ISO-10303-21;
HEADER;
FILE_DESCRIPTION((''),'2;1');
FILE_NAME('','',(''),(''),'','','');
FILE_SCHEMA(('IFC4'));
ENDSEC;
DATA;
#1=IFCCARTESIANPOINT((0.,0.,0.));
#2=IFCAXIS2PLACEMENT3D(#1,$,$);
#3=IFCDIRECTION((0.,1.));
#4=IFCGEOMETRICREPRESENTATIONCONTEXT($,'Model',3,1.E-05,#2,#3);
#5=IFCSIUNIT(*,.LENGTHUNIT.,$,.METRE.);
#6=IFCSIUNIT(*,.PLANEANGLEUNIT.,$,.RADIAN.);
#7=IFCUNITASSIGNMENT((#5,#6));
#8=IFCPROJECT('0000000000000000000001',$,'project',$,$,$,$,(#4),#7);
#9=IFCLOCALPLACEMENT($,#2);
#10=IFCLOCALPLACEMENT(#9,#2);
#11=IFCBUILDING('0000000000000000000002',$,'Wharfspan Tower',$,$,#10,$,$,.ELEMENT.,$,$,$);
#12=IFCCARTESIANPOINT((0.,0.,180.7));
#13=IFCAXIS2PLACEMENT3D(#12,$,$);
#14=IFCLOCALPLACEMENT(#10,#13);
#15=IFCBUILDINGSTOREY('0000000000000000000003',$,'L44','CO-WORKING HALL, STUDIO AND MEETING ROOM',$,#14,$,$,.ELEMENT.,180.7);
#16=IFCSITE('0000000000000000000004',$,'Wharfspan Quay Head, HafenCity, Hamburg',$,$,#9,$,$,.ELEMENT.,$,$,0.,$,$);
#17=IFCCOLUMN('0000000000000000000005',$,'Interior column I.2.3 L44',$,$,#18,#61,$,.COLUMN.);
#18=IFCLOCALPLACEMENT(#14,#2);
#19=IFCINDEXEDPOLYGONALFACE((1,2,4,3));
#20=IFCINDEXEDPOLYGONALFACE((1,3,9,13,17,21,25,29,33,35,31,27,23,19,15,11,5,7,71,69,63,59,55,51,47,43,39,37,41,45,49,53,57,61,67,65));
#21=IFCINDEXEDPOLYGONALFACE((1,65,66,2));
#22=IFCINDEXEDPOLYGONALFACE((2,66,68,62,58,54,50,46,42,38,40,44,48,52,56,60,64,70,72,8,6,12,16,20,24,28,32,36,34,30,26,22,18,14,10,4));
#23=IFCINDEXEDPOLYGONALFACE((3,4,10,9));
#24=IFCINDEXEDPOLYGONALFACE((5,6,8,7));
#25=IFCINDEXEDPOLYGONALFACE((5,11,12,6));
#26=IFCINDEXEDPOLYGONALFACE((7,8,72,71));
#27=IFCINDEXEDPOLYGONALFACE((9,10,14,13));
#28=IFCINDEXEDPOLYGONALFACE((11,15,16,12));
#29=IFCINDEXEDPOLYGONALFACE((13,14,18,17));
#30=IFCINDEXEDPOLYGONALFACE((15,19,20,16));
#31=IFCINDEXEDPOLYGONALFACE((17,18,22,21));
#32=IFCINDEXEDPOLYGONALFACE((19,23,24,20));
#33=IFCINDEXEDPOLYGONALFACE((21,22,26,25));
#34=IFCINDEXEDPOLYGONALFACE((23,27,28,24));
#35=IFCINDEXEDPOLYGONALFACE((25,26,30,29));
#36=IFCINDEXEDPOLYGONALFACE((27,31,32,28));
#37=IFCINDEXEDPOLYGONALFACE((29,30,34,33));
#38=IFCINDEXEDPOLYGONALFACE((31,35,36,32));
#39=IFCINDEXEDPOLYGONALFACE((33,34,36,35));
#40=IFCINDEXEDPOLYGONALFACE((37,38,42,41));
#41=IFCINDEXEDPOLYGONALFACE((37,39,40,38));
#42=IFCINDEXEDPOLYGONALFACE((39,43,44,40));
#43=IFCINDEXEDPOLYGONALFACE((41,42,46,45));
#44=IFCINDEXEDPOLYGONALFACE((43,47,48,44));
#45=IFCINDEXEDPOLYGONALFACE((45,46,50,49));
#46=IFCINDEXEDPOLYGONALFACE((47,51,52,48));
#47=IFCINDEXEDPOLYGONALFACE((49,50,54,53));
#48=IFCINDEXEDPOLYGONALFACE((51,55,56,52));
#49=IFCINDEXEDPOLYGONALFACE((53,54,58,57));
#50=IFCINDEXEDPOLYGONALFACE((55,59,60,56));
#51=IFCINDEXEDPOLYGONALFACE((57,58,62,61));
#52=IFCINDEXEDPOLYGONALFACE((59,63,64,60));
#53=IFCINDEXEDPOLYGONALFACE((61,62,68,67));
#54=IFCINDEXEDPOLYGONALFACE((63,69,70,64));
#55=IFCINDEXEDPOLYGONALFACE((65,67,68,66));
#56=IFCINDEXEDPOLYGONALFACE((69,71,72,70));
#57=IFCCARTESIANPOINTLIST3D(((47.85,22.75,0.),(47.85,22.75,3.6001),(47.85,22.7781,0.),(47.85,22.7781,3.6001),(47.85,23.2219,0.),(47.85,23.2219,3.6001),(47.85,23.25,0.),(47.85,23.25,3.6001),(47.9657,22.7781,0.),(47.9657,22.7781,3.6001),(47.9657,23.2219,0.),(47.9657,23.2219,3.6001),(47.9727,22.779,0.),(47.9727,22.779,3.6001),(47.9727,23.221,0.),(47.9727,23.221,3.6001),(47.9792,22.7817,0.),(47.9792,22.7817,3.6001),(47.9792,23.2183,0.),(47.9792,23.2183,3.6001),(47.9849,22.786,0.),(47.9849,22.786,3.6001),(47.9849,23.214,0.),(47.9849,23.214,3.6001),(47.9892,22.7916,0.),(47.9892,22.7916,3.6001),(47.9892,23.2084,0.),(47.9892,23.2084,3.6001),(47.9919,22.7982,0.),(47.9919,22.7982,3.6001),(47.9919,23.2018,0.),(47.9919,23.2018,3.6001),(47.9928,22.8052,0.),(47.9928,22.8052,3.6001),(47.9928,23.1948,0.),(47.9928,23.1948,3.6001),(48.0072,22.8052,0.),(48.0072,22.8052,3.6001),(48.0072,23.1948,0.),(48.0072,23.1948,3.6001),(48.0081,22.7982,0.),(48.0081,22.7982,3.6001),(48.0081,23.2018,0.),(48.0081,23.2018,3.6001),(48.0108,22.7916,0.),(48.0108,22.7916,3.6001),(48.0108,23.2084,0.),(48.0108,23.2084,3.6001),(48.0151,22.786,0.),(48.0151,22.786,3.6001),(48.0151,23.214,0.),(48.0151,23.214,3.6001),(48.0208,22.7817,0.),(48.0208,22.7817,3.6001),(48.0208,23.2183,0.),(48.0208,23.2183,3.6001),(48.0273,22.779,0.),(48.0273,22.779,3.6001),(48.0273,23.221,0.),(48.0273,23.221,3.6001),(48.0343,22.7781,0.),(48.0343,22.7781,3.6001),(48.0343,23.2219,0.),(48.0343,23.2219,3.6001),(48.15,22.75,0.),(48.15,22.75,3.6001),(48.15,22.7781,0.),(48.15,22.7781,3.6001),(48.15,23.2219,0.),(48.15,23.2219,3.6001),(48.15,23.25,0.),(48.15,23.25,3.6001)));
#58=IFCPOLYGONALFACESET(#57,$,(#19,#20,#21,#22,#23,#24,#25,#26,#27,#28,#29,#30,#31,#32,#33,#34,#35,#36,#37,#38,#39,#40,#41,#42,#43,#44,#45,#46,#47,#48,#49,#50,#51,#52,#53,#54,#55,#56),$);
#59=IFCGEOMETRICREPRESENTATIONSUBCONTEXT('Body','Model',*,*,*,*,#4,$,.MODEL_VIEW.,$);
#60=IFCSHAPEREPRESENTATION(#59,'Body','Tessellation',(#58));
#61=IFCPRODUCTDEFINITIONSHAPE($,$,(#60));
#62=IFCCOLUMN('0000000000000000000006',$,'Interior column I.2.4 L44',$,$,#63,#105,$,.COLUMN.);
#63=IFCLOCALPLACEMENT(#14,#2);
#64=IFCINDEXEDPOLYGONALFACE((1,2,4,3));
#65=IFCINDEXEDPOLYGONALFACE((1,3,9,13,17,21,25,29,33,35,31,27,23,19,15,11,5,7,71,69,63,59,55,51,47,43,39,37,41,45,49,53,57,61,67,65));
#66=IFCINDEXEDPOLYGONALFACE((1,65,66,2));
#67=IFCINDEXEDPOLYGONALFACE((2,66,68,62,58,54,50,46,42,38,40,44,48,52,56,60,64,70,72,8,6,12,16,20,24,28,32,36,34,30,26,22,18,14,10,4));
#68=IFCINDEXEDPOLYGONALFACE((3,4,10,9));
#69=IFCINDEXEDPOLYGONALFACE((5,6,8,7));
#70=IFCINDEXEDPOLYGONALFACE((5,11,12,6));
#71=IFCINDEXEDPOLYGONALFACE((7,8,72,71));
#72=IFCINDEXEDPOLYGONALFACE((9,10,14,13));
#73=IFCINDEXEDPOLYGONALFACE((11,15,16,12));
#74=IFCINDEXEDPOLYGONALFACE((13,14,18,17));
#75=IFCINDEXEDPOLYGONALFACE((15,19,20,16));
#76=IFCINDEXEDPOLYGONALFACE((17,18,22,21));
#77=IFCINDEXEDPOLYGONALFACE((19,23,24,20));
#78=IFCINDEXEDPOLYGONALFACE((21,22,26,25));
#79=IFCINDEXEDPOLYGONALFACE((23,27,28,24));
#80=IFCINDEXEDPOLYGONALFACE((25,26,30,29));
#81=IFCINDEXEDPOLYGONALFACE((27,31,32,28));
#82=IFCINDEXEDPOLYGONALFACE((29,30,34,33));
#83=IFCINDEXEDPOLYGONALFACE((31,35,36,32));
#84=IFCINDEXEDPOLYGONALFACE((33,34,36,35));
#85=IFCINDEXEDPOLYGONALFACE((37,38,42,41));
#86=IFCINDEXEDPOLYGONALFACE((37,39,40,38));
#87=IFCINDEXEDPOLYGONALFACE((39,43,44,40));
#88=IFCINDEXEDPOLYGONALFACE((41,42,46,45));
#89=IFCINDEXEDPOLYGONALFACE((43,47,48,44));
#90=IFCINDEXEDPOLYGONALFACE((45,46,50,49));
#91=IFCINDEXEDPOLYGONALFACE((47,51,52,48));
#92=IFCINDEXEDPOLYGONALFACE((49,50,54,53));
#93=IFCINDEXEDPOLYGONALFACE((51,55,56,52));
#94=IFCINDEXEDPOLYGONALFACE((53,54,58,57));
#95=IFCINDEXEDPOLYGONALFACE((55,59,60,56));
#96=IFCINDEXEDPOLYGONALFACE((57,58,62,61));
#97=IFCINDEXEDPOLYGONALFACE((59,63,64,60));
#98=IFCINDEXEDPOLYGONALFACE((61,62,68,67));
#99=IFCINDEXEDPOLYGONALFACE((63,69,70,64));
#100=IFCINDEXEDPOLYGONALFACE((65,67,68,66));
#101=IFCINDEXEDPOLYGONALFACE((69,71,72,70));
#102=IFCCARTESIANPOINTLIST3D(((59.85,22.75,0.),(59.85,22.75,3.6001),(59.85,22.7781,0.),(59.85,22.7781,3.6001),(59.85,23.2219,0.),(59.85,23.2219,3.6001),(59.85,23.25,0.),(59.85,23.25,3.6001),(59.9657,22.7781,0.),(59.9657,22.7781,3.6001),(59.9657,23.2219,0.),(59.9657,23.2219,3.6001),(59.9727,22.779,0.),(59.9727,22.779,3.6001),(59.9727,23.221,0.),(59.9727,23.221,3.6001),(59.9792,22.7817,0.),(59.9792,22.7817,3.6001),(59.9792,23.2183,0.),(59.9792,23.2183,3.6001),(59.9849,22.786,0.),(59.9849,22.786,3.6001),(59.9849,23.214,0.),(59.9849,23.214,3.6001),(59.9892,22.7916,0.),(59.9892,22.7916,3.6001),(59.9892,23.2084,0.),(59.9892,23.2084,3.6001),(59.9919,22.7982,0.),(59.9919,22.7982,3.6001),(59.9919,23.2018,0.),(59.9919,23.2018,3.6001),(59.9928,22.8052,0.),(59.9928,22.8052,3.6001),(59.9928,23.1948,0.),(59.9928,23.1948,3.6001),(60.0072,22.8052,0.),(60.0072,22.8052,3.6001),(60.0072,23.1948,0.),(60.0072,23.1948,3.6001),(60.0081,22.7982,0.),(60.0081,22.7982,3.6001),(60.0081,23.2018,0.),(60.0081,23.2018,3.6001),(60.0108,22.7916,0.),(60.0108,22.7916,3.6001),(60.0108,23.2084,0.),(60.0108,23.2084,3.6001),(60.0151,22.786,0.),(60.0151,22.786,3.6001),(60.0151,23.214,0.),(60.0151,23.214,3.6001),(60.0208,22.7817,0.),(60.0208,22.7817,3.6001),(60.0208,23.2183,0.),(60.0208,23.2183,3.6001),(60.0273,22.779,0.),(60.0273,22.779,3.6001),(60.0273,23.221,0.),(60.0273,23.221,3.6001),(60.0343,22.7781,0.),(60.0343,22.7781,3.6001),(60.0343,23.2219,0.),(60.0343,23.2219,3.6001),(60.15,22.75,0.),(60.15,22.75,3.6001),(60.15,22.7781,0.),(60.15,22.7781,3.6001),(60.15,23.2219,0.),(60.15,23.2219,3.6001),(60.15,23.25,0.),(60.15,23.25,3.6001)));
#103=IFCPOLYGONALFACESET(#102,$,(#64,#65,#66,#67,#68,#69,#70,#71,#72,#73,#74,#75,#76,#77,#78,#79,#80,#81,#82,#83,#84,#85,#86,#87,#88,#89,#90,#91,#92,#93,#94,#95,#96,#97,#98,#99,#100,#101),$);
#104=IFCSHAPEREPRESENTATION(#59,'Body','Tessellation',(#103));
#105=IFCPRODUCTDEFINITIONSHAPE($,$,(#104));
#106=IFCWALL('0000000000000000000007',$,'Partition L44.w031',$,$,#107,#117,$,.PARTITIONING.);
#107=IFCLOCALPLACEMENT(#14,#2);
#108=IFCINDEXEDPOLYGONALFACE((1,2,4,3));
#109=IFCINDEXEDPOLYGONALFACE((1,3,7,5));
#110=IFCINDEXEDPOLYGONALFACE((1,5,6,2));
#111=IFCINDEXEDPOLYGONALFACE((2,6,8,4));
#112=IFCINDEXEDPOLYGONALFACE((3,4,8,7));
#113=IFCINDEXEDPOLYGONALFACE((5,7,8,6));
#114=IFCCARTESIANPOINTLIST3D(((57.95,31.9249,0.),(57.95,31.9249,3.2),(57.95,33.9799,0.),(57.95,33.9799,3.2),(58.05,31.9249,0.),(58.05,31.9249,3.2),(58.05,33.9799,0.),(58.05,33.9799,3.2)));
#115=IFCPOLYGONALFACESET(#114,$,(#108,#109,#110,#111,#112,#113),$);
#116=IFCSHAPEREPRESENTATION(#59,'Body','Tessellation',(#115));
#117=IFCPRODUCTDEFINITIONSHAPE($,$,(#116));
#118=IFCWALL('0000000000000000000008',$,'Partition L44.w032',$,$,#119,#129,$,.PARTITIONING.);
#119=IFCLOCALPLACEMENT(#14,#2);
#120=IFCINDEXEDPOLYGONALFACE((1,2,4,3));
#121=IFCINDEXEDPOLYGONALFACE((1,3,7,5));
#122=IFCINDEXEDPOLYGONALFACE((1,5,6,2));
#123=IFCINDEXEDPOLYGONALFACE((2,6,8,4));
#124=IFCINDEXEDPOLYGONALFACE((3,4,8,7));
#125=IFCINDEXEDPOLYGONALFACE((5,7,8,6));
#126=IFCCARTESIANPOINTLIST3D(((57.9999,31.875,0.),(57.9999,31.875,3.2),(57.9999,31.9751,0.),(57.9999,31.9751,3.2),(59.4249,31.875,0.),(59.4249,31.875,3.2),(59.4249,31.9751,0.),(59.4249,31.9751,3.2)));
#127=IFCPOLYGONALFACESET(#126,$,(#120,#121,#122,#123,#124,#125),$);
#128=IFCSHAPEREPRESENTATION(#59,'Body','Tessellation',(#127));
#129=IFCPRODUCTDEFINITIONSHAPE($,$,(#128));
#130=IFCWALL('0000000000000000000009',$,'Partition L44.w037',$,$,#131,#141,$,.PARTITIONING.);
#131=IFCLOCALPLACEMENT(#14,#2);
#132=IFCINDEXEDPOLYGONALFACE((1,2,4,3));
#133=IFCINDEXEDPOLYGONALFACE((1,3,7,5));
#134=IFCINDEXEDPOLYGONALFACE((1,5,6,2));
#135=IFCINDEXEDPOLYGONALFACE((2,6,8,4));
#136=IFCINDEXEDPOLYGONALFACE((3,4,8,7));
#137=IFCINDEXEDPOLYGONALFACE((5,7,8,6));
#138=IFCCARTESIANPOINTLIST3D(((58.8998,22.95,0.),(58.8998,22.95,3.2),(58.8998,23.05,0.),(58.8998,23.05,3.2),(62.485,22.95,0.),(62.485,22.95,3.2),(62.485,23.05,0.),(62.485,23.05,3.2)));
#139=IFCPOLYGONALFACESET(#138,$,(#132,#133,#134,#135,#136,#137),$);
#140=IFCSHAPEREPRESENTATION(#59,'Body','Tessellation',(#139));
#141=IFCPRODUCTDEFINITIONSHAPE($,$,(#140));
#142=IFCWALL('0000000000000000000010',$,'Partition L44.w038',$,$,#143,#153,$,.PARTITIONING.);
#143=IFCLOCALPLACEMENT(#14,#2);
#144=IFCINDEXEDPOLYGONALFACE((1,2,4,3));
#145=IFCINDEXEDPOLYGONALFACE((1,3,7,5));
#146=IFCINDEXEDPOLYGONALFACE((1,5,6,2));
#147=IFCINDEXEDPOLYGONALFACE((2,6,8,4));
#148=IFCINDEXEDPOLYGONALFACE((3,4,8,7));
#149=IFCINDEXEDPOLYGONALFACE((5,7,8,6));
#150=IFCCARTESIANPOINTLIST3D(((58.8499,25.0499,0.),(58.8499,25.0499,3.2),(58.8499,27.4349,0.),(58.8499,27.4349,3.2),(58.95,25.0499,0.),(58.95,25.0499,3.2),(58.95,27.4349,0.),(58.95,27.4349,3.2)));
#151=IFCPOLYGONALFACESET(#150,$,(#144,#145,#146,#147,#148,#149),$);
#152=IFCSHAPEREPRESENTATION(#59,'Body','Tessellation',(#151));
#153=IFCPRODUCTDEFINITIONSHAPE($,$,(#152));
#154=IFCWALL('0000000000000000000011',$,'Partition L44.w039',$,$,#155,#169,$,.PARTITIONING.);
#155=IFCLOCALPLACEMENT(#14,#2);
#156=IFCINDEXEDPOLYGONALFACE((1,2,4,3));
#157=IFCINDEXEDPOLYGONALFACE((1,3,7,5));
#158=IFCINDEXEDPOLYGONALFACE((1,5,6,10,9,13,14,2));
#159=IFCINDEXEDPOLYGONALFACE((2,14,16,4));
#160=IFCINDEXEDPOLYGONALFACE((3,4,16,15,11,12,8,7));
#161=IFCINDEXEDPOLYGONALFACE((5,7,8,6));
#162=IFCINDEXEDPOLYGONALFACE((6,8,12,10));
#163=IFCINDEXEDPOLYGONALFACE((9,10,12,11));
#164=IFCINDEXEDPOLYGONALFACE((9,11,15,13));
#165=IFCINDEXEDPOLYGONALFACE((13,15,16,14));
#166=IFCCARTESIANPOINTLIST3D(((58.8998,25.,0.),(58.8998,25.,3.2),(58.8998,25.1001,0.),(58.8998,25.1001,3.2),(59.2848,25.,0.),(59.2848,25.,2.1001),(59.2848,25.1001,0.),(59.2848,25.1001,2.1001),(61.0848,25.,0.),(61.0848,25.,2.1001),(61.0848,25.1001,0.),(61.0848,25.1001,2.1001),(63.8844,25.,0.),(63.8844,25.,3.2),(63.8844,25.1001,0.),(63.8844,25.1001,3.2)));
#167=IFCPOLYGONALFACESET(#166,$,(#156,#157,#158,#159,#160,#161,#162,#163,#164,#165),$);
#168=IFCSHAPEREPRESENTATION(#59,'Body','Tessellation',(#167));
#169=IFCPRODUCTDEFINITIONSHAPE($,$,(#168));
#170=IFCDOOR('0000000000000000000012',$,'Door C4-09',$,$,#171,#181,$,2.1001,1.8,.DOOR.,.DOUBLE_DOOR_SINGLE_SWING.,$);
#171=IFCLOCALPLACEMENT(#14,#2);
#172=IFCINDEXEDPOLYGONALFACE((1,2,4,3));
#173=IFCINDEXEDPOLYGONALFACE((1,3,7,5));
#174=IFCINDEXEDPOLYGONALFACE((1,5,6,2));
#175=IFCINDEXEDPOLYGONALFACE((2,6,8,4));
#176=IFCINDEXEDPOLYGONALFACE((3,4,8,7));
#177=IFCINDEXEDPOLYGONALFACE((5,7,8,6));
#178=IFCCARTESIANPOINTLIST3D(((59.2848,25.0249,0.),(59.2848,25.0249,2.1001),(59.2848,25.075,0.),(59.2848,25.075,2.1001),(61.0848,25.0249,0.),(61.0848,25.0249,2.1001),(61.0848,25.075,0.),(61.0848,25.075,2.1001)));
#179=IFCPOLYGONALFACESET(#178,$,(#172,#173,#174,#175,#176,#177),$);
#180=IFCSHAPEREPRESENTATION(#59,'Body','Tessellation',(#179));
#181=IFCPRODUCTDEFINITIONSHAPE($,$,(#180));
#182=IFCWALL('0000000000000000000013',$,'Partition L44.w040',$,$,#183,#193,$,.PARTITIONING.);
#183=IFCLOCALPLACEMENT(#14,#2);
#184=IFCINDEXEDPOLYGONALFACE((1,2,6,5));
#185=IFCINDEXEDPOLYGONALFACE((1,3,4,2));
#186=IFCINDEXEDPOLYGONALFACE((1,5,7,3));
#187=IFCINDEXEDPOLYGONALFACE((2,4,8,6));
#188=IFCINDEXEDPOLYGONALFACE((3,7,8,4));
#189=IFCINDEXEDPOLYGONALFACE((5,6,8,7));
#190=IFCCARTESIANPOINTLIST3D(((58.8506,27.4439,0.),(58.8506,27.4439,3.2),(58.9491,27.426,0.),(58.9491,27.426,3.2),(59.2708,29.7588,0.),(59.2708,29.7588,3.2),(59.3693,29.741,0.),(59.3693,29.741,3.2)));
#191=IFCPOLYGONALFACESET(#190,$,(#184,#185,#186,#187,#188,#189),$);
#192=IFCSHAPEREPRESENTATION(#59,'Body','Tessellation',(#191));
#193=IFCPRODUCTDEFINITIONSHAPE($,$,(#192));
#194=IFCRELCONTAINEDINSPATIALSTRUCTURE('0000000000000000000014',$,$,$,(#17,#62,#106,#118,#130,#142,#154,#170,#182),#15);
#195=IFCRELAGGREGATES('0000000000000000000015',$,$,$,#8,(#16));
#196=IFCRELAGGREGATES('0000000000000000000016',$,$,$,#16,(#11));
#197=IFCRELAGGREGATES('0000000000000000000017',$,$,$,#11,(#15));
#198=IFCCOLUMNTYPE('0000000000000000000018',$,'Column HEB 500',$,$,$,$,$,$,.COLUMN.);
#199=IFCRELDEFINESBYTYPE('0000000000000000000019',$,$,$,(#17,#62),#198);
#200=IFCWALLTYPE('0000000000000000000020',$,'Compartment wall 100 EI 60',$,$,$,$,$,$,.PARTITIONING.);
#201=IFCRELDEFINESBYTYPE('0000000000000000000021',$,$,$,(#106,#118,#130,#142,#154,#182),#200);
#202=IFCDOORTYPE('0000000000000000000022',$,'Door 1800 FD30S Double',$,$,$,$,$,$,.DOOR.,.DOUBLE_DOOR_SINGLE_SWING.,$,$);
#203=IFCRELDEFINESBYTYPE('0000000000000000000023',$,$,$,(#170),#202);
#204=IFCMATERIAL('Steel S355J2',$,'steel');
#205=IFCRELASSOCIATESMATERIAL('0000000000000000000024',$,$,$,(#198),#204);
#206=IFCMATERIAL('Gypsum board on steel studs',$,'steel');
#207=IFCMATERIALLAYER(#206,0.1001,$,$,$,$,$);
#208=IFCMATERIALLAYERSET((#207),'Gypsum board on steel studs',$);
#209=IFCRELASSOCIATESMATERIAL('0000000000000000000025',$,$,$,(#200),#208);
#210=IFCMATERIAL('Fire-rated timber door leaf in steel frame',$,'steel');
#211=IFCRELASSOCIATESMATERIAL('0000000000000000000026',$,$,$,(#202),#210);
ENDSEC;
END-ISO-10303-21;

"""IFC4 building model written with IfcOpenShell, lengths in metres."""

from ifc_helpers import new_model, si_unit, direction, frame, frame_2d, origin, origin_2d, place, context, subcontext, project, spatial, rectangle, i_section, extrude, material, layer, layer_set, material_profile, profile_set, type_object, element, fill, save


model = new_model("IFC4")

# Units and contexts
model_context = context("Model", 3, precision=1e-05, world=origin(), true_north=direction((0.0, 1.0)))
body_context = subcontext(model_context, "Body", "Model", "MODEL_VIEW")
ifc_project = project(units=[si_unit("LENGTHUNIT", "METRE"), si_unit("PLANEANGLEUNIT", "RADIAN")], contexts=[model_context])

# Site, building, storey
site_placement = place(None, origin())
site = spatial("IfcSite", under=ifc_project, at=site_placement, Name="Wharfspan Quay Head, HafenCity, Hamburg", CompositionType="ELEMENT", RefElevation=0.0)
building_placement = place(site_placement, origin())
building = spatial("IfcBuilding", under=site, at=building_placement, Name="Wharfspan Tower", CompositionType="ELEMENT")
storey_placement = place(building_placement, frame((0.0, 0.0, 180.7)))
storey = spatial("IfcBuildingStorey", under=building, at=storey_placement, Name="L44", Description="CO-WORKING HALL, STUDIO AND MEETING ROOM", CompositionType="ELEMENT", Elevation=180.7)

# Columns
ifc_material_1 = material(Name="Steel S355J2", Category="steel")
ifc_material_profile = material_profile(ifc_material_1, i_section(OverallWidth=0.3, OverallDepth=0.5, WebThickness=0.0144, FlangeThickness=0.0281, FilletRadius=0.0271, at=origin_2d()))
ifc_profile_set = profile_set([ifc_material_profile], Name="Steel S355J2")
column_type = type_object("IfcColumnType", Name="Column HEB 500", PredefinedType="COLUMN", material=ifc_profile_set)
for number, where, z_axis, x_axis, name in (
    (1, (48.0, 23.0, 0.0), (0.0, 0.0, 1.0), (1.0, 0.0, 0.0), "Interior column I.2.3 L44"),
    (2, (60.0, 23.0, 0.0), (0.0, 0.0, 1.0), (1.0, 0.0, 0.0), "Interior column I.2.4 L44"),
):
    element("IfcColumn", number, at=place(storey_placement, frame(where, z_axis=z_axis, x_axis=x_axis)), inside=storey, type_object=column_type, Name=name, PredefinedType="COLUMN", context=body_context, shape_type="SweptSolid", body=[
        extrude(i_section(OverallWidth=0.3, OverallDepth=0.5, WebThickness=0.0144, FlangeThickness=0.0281, FilletRadius=0.0271, at=origin_2d()), origin(), (0.0, 0.0, 1.0), 3.6001),
    ])

# Walls
ifc_material_2 = material(Name="Gypsum board on steel studs", Category="steel")
ifc_layer_1 = layer(ifc_material_2, 0.1001)
ifc_layer_set_1 = layer_set([ifc_layer_1], Name="Gypsum board on steel studs")
wall_type_1 = type_object("IfcWallType", Name="Compartment wall 100 EI 60", PredefinedType="PARTITIONING", material=ifc_layer_set_1)
wall_1_placement = place(storey_placement, frame((58.0, 31.925, 0.0), z_axis=(0.0, 0.0, 1.0), x_axis=(0.0, 1.0, 0.0)))
element("IfcWall", 3, at=wall_1_placement, inside=storey, type_object=wall_type_1, Name="Partition L44.w031", PredefinedType="PARTITIONING", context=body_context, shape_type="SweptSolid", body=[
    extrude(rectangle(XDim=2.0549, YDim=0.1001, at=frame_2d((1.0273, 0.0))), origin(), (0.0, 0.0, 1.0), 3.2),
])
wall_2_placement = place(storey_placement, frame((58.0, 31.925, 0.0), z_axis=(0.0, 0.0, 1.0), x_axis=(1.0, 0.0, 0.0)))
element("IfcWall", 4, at=wall_2_placement, inside=storey, type_object=wall_type_1, Name="Partition L44.w032", PredefinedType="PARTITIONING", context=body_context, shape_type="SweptSolid", body=[
    extrude(rectangle(XDim=1.425, YDim=0.1001, at=frame_2d((0.7124, 0.0))), origin(), (0.0, 0.0, 1.0), 3.2),
])
wall_3_placement = place(storey_placement, frame((58.8999, 23.0, 0.0), z_axis=(0.0, 0.0, 1.0), x_axis=(1.0, 0.0, 0.0)))
element("IfcWall", 5, at=wall_3_placement, inside=storey, type_object=wall_type_1, Name="Partition L44.w037", PredefinedType="PARTITIONING", context=body_context, shape_type="SweptSolid", body=[
    extrude(rectangle(XDim=3.5852, YDim=0.1001, at=frame_2d((1.7925, 0.0))), origin(), (0.0, 0.0, 1.0), 3.2),
])
wall_4_placement = place(storey_placement, frame((58.8999, 25.05, 0.0), z_axis=(0.0, 0.0, 1.0), x_axis=(0.0, 1.0, 0.0)))
element("IfcWall", 6, at=wall_4_placement, inside=storey, type_object=wall_type_1, Name="Partition L44.w038", PredefinedType="PARTITIONING", context=body_context, shape_type="SweptSolid", body=[
    extrude(rectangle(XDim=2.385, YDim=0.1001, at=frame_2d((1.1924, 0.0))), origin(), (0.0, 0.0, 1.0), 3.2),
])

# Wall, opening, door
wall_5_placement = place(storey_placement, frame((58.8999, 25.05, 0.0), z_axis=(0.0, 0.0, 1.0), x_axis=(1.0, 0.0, 0.0)))
wall_5 = element("IfcWall", 7, at=wall_5_placement, inside=storey, type_object=wall_type_1, Name="Partition L44.w039", PredefinedType="PARTITIONING", context=body_context, shape_type="SweptSolid", body=[
    extrude(rectangle(XDim=4.9846, YDim=0.1001, at=frame_2d((2.4922, 0.0))), origin(), (0.0, 0.0, 1.0), 3.2),
])
opening_1_placement = place(wall_5_placement, frame((0.385, 0.0, 0.0)))
opening_1 = element("IfcOpeningElement", 8, at=opening_1_placement, cuts=wall_5, PredefinedType="OPENING", context=body_context, shape_type="SweptSolid", body=[
    extrude(rectangle(XDim=1.8, YDim=2.1001, at=frame_2d((0.8999, 1.05))), frame((0.0, 0.0601, 0.0), z_axis=(0.0, -1.0, 0.0), x_axis=(1.0, 0.0, 0.0)), (0.0, 0.0, 1.0), 0.1201),
])
ifc_material_3 = material(Name="Fire-rated timber door leaf in steel frame", Category="steel")
door_type_1 = type_object("IfcDoorType", Name="Door 1800 FD30S Double", OperationType="DOUBLE_DOOR_SINGLE_SWING", PredefinedType="DOOR", material=ifc_material_3)
door_1_placement = place(opening_1_placement, origin())
door_1 = element("IfcDoor", 9, at=door_1_placement, inside=storey, type_object=door_type_1, Name="Door C4-09", OperationType="DOUBLE_DOOR_SINGLE_SWING", OverallHeight=2.1001, OverallWidth=1.8, PredefinedType="DOOR", context=body_context, shape_type="SweptSolid", body=[
    extrude(rectangle(XDim=1.8, YDim=2.1001, at=frame_2d((0.8999, 1.05))), frame((0.0, 0.0249, 0.0), z_axis=(0.0, -1.0, 0.0), x_axis=(1.0, 0.0, 0.0)), (0.0, 0.0, 1.0), 0.05),
])
fill(opening_1, door_1)

# Wall
wall_6_placement = place(storey_placement, frame((58.8999, 27.4351, 0.0), z_axis=(0.0, 0.0, 1.0), x_axis=(0.178584, 0.983924, 0.0)))
element("IfcWall", 10, at=wall_6_placement, inside=storey, type_object=wall_type_1, Name="Partition L44.w040", PredefinedType="PARTITIONING", context=body_context, shape_type="SweptSolid", body=[
    extrude(rectangle(XDim=2.3528, YDim=0.1001, at=frame_2d((1.1763, 0.0))), origin(), (0.0, 0.0, 1.0), 3.2),
])

save(model, "model.ifc")
